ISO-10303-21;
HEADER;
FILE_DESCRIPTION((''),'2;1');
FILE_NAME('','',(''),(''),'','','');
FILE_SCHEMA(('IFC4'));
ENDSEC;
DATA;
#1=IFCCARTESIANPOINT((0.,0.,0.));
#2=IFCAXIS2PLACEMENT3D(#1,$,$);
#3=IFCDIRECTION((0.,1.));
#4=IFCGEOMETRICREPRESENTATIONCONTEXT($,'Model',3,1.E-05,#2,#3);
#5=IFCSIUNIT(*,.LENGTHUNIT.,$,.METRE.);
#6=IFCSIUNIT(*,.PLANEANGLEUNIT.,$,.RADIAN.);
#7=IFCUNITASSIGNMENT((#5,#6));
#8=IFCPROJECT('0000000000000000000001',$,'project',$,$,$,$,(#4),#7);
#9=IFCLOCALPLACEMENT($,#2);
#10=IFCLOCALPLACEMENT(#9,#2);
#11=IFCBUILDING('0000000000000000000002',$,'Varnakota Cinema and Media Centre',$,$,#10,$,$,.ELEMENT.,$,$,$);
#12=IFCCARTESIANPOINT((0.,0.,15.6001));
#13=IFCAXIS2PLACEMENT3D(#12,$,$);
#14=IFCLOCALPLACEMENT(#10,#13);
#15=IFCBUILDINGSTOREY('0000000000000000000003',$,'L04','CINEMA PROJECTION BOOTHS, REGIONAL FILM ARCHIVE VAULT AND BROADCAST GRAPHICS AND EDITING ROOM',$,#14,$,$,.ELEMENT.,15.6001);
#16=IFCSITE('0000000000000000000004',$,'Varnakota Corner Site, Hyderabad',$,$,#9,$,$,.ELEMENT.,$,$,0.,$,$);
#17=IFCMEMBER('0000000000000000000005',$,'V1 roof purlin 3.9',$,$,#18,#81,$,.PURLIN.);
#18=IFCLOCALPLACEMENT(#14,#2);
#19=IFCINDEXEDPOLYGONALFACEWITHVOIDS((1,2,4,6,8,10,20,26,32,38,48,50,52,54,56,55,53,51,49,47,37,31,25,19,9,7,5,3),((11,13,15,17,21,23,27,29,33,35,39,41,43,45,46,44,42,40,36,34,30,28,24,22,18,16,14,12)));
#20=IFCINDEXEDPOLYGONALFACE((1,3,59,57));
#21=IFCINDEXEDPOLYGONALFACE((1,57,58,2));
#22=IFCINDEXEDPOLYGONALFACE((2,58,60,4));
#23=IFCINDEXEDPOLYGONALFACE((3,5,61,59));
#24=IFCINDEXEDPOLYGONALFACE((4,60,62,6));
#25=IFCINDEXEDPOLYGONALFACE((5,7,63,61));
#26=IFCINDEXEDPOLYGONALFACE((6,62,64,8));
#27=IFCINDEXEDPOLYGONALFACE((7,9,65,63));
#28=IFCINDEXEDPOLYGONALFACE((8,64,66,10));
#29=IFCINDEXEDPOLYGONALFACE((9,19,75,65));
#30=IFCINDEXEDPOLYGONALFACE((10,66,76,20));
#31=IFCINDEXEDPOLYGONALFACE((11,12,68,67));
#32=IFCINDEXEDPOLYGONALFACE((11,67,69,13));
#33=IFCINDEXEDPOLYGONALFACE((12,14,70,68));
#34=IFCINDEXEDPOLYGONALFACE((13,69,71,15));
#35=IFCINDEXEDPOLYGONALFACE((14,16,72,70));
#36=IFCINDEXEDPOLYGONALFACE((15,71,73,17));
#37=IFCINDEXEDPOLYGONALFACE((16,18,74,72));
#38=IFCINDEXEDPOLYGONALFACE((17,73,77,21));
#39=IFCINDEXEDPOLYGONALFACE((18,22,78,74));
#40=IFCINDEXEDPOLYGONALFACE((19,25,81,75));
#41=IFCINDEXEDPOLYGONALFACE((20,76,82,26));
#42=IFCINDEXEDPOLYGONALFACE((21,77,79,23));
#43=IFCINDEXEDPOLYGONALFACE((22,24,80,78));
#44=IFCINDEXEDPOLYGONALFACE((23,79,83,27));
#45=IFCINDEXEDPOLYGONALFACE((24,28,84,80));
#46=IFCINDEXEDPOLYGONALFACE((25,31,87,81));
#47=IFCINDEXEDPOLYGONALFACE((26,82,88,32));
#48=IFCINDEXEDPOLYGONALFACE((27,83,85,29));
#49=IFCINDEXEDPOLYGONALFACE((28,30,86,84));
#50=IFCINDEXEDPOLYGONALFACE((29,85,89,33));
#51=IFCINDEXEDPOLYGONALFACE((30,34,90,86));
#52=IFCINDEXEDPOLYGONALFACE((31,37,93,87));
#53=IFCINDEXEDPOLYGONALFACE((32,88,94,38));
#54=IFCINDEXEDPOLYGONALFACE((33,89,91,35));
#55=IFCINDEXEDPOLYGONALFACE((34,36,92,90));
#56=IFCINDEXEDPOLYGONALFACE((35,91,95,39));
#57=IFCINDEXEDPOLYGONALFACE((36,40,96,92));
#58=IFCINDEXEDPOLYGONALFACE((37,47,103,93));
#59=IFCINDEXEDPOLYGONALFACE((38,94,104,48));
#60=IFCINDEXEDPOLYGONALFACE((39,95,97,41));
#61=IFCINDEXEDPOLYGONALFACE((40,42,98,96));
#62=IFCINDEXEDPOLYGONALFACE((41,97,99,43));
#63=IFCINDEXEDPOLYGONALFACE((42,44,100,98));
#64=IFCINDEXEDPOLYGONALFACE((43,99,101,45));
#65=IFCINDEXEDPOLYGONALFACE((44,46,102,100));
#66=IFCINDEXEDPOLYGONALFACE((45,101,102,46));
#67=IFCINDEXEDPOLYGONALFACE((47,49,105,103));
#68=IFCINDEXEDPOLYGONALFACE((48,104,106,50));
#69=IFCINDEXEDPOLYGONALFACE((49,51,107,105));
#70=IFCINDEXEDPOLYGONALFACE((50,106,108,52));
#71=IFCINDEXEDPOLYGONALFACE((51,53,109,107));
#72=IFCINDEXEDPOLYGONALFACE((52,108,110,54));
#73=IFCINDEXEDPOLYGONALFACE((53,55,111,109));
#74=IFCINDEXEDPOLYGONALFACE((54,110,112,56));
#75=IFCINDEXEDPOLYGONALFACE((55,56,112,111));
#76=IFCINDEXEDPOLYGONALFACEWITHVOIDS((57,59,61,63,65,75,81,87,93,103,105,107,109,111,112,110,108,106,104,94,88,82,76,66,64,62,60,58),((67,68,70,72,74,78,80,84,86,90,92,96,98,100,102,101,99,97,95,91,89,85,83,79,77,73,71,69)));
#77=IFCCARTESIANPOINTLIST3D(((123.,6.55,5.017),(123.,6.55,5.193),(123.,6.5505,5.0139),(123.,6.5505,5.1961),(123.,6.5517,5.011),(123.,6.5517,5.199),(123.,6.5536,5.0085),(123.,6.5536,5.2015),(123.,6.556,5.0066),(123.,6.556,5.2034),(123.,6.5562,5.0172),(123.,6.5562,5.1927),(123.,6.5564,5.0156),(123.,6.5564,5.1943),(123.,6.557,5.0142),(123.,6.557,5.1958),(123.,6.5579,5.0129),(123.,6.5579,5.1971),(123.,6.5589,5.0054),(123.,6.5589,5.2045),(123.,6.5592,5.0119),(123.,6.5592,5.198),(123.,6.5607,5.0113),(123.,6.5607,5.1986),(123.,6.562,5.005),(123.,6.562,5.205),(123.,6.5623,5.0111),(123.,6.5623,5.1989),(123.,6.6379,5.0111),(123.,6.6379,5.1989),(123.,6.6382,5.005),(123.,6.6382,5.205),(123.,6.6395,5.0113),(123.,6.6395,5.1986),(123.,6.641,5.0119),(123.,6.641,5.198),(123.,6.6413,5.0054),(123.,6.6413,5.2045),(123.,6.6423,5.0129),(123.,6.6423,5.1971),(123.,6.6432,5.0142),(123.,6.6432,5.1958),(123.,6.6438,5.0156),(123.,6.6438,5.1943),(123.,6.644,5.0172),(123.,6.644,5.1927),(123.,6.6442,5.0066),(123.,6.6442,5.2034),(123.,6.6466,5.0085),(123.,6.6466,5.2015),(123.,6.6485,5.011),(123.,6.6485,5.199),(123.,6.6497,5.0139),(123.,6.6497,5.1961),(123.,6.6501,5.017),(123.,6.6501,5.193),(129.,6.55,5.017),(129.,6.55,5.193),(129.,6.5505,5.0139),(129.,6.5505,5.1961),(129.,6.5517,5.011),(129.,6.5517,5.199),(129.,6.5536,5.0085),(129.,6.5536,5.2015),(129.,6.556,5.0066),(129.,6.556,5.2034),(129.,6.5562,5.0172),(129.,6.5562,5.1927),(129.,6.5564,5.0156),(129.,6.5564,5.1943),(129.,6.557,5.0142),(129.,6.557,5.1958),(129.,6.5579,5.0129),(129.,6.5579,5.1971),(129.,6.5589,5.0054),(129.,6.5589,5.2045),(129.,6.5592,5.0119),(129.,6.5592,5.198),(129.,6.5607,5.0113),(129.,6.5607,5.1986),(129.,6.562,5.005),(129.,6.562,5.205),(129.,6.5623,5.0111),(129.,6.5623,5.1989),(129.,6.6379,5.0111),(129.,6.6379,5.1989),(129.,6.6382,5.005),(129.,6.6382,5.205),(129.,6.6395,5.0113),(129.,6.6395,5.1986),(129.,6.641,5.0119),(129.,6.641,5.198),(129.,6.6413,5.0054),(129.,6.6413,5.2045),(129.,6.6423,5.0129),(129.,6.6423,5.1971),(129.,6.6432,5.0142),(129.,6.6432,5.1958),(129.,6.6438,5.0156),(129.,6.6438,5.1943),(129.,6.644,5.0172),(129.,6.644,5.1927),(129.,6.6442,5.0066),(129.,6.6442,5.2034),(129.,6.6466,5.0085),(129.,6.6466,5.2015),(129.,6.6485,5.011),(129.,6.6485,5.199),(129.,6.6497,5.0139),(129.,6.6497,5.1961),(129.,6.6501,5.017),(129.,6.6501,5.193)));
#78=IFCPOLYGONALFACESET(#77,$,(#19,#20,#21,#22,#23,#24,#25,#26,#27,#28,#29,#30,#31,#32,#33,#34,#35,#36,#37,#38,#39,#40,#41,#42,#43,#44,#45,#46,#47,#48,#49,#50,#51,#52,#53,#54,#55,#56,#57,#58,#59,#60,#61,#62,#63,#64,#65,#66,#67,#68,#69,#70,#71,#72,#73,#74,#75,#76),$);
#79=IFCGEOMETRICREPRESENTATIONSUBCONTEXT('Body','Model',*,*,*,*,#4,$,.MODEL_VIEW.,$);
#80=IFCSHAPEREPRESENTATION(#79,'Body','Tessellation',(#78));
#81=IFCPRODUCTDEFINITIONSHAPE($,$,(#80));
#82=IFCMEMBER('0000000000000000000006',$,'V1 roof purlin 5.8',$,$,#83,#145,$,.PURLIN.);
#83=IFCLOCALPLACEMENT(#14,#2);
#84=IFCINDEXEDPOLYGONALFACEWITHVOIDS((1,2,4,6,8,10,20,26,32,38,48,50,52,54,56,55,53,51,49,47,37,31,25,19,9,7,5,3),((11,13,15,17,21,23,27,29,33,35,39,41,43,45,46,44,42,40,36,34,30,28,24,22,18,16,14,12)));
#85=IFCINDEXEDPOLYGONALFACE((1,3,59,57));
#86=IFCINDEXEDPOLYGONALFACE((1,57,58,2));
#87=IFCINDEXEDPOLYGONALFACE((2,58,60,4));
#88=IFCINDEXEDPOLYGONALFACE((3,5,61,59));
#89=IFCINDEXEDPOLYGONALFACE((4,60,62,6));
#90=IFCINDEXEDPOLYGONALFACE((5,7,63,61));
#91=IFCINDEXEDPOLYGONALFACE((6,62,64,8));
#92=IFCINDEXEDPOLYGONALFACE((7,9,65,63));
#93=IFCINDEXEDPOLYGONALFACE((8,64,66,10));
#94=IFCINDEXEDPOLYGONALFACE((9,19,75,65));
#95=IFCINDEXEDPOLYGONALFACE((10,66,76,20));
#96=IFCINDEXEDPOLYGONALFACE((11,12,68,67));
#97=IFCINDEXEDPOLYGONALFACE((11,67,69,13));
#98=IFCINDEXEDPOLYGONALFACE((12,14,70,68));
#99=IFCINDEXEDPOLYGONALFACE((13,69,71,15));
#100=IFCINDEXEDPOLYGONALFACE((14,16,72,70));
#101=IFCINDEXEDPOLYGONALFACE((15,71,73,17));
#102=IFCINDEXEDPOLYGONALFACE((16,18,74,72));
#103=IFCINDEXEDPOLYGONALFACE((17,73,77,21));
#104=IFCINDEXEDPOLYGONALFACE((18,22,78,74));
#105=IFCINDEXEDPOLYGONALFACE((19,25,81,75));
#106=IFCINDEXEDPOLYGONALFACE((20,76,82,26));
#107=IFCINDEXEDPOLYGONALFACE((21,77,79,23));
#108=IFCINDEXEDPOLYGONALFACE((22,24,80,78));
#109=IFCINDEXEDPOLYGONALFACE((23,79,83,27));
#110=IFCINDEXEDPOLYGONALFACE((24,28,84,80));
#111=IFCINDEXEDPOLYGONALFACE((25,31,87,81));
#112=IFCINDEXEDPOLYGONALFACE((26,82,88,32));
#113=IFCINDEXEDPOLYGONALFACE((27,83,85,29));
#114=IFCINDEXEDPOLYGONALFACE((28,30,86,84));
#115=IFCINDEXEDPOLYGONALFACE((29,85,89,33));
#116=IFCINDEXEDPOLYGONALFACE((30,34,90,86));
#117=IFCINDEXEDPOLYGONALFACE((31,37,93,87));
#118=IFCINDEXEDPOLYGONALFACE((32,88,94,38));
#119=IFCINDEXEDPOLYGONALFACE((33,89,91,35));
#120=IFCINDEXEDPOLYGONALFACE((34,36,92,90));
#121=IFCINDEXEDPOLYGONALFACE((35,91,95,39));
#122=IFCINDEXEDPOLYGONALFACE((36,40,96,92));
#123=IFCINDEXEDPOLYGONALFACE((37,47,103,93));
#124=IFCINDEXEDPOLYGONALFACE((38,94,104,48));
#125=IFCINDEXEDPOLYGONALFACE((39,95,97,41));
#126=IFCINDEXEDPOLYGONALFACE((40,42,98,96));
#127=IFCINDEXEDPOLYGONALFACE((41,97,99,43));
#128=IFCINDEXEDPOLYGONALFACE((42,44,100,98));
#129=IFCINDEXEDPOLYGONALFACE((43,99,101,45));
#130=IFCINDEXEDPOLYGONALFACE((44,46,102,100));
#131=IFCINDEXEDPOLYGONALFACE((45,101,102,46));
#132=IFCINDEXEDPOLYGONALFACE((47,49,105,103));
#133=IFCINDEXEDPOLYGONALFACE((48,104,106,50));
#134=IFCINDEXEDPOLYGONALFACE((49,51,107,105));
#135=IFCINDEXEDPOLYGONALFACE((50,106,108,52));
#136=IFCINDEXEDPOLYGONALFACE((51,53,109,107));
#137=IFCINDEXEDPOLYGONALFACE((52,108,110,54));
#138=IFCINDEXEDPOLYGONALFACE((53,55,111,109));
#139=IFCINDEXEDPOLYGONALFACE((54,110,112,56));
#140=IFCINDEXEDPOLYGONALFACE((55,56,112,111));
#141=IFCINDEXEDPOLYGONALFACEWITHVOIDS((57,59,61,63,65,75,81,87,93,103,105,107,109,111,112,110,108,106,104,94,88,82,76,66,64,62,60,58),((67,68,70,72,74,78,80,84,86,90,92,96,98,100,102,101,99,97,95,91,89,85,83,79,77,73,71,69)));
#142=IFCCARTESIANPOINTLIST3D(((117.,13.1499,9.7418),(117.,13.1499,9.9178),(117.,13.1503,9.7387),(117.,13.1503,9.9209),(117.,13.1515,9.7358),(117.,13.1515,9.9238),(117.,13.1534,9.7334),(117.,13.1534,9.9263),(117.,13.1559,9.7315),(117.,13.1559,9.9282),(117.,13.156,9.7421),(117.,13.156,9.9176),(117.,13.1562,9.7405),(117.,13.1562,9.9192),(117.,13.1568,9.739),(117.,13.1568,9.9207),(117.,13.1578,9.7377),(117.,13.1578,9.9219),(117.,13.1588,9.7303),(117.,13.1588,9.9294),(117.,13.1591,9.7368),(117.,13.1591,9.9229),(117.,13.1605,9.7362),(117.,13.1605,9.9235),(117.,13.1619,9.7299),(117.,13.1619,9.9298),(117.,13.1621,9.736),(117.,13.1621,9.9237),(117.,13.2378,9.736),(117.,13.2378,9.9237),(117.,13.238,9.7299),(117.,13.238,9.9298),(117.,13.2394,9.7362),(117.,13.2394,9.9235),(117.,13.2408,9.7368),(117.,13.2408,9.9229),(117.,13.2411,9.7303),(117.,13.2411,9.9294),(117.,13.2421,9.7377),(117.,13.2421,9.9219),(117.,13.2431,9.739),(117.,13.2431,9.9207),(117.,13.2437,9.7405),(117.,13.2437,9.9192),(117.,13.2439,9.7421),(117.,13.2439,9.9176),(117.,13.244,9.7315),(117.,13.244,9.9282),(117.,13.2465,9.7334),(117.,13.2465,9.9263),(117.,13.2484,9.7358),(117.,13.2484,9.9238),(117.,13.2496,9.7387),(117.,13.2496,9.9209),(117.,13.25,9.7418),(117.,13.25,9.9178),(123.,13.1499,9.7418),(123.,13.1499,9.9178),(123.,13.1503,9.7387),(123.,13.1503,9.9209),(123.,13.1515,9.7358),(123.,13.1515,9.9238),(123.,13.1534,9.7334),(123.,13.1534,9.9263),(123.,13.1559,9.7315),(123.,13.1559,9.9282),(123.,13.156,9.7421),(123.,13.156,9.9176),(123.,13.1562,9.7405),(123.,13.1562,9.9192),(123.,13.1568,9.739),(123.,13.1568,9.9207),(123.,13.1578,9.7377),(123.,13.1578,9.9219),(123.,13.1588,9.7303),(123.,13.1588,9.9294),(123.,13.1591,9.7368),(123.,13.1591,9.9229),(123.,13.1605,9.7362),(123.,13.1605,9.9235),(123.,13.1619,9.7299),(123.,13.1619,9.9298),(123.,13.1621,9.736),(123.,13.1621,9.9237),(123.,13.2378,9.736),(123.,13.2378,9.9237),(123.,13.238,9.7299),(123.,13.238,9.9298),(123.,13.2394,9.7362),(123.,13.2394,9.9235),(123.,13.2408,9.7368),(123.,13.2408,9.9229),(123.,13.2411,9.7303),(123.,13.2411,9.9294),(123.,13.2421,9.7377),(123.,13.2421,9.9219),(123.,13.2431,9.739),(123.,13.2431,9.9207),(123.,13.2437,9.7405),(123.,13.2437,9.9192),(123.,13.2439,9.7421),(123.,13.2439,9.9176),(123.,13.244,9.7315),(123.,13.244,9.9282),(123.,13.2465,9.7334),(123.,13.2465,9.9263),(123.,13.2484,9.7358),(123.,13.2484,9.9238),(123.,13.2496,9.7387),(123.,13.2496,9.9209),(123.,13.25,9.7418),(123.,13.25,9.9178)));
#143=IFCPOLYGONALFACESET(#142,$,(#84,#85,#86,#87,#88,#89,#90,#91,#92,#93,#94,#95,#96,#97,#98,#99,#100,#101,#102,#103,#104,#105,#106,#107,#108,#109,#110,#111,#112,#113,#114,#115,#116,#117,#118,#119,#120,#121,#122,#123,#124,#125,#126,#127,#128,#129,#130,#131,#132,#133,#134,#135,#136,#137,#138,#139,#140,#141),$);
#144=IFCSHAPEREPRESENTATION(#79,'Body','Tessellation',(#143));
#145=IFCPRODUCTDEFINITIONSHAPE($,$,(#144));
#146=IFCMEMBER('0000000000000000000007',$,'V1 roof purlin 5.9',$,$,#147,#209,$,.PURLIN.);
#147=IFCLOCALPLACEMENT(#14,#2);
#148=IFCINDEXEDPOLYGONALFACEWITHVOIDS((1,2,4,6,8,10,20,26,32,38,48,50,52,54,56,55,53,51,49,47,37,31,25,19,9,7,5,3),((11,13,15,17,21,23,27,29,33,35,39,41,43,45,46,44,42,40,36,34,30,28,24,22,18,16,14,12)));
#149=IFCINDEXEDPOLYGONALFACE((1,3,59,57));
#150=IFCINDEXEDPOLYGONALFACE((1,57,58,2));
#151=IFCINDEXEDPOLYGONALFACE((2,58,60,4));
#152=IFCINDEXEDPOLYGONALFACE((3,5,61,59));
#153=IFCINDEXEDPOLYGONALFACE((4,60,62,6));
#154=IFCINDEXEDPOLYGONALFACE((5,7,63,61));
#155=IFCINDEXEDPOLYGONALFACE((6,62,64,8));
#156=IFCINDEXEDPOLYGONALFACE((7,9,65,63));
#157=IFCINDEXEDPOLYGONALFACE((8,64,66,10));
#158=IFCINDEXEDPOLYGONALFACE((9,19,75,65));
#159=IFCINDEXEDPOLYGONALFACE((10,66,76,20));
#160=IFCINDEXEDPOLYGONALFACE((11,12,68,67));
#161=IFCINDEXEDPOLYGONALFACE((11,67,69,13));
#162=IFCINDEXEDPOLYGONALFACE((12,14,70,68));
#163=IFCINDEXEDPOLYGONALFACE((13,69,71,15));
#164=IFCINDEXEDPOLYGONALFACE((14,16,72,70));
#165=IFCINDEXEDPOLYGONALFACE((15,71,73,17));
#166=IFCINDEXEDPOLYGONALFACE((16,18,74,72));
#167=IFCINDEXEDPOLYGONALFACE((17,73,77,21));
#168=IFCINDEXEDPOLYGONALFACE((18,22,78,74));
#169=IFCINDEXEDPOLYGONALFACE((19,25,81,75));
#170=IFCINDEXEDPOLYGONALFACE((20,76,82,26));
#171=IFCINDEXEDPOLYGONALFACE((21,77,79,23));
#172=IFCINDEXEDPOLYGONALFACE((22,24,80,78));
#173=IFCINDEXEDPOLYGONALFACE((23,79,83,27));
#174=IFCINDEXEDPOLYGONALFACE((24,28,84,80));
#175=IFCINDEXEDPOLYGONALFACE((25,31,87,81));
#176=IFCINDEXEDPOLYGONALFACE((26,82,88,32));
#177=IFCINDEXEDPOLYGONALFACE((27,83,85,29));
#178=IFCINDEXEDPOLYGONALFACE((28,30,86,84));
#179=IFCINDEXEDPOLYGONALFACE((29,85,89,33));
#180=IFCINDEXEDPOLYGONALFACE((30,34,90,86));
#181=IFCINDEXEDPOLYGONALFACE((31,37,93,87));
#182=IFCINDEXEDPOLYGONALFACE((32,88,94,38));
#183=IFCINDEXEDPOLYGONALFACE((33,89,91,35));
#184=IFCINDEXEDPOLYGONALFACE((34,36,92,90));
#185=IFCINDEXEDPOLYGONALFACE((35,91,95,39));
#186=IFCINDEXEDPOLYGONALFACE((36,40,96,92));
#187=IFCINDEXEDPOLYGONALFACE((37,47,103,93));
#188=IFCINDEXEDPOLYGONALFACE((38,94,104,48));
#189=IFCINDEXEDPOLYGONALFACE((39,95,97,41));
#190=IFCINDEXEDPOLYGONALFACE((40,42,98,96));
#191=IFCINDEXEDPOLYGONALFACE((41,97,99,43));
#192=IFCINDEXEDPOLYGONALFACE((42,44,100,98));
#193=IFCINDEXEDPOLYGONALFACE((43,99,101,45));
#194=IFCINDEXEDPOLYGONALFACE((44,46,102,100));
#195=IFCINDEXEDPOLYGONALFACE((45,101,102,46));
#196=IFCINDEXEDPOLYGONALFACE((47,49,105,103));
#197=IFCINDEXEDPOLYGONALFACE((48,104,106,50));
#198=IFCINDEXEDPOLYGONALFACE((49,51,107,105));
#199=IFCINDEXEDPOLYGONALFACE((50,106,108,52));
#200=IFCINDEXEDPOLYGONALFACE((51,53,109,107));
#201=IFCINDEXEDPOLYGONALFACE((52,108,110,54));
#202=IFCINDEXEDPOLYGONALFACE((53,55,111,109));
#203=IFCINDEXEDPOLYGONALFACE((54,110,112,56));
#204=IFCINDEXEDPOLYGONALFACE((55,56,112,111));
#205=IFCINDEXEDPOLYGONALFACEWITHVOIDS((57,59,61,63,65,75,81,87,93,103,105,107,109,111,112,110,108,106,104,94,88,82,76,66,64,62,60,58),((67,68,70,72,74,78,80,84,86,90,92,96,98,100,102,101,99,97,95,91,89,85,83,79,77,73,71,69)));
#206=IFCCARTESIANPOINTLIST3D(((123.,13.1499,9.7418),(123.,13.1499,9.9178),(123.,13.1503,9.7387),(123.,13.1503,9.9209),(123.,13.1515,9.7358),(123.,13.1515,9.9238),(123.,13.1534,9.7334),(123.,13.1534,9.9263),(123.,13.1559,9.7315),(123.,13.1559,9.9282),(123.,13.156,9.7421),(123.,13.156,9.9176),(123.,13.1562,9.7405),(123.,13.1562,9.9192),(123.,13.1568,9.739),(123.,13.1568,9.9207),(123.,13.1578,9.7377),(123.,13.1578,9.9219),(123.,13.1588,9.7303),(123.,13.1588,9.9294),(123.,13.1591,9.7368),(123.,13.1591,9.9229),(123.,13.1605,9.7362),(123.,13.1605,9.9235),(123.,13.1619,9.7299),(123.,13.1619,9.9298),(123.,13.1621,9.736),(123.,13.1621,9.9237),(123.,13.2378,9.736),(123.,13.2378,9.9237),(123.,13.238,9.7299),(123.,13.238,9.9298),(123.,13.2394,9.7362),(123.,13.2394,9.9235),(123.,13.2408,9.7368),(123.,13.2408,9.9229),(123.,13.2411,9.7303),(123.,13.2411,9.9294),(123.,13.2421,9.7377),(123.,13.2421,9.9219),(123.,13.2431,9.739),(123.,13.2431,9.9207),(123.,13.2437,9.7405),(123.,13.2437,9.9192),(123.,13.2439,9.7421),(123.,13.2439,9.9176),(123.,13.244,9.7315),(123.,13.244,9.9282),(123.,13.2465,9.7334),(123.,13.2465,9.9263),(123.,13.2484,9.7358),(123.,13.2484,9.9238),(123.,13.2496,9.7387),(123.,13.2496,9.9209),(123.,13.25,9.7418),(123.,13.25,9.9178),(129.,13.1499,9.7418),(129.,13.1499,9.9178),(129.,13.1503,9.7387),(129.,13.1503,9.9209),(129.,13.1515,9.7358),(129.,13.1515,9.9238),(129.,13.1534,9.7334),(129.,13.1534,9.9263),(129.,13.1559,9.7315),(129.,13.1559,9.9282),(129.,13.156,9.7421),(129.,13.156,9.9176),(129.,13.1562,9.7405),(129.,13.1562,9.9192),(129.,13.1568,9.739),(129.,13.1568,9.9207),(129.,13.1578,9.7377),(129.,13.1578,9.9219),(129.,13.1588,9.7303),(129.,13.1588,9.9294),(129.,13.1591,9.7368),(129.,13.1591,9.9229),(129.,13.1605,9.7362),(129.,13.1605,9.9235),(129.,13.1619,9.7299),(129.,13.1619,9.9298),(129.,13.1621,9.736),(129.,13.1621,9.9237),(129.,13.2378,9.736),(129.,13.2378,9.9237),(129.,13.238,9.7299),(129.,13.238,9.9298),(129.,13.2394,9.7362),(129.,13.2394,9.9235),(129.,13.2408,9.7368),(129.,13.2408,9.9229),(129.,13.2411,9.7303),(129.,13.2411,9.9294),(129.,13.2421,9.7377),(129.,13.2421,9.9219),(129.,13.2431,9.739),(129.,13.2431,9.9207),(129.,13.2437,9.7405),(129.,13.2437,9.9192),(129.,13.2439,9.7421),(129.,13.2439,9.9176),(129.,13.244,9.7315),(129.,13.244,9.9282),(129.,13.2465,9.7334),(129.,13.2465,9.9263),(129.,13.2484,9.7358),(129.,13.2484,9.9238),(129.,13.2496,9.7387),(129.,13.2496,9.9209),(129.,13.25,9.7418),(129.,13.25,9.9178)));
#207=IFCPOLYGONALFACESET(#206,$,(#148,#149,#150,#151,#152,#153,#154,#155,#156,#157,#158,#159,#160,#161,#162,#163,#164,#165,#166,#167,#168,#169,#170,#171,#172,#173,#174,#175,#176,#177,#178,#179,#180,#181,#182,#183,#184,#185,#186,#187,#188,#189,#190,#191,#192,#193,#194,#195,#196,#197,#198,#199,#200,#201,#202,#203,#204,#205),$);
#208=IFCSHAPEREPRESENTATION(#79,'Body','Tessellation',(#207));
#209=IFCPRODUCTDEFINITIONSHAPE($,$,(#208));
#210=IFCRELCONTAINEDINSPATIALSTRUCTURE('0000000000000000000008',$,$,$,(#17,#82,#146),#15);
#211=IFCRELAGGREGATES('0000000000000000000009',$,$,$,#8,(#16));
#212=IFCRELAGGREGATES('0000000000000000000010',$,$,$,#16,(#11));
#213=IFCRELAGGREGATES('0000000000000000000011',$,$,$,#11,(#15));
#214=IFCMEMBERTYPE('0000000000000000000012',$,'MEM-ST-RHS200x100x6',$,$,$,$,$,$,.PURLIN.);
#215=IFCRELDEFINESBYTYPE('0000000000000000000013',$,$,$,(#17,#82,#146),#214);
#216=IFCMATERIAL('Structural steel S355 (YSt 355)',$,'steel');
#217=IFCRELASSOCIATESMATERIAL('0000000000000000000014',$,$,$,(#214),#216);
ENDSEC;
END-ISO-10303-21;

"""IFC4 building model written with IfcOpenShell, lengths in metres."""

from ifc_helpers import new_model, si_unit, direction, frame, origin, origin_2d, place, context, subcontext, project, spatial, hollow_rectangle, extrude, material, material_profile, profile_set, type_object, element, save


model = new_model("IFC4")

# Units and contexts
model_context = context("Model", 3, precision=1e-05, world=origin(), true_north=direction((0.0, 1.0)))
body_context = subcontext(model_context, "Body", "Model", "MODEL_VIEW")
ifc_project = project(units=[si_unit("LENGTHUNIT", "METRE"), si_unit("PLANEANGLEUNIT", "RADIAN")], contexts=[model_context])

# Site, building, storey
site_placement = place(None, origin())
site = spatial("IfcSite", under=ifc_project, at=site_placement, Name="Varnakota Corner Site, Hyderabad", CompositionType="ELEMENT", RefElevation=0.0)
building_placement = place(site_placement, origin())
building = spatial("IfcBuilding", under=site, at=building_placement, Name="Varnakota Cinema and Media Centre", CompositionType="ELEMENT")
storey_placement = place(building_placement, frame((0.0, 0.0, 15.6001)))
storey = spatial("IfcBuildingStorey", under=building, at=storey_placement, Name="L04", Description="CINEMA PROJECTION BOOTHS, REGIONAL FILM ARCHIVE VAULT AND BROADCAST GRAPHICS AND EDITING ROOM", CompositionType="ELEMENT", Elevation=15.6001)

# Members
ifc_material_1 = material(Name="Structural steel S355 (YSt 355)", Category="steel")
ifc_material_profile_1 = material_profile(ifc_material_1, hollow_rectangle(XDim=0.1001, YDim=0.2, WallThickness=0.0061, InnerFilletRadius=0.0061, OuterFilletRadius=0.012, at=origin_2d()), Name="RHS 200x100x6")
ifc_profile_set_1 = profile_set([ifc_material_profile_1], Name="Structural steel S355 (YSt 355)")
member_type_1 = type_object("IfcMemberType", Name="MEM-ST-RHS200x100x6", PredefinedType="PURLIN", material=ifc_profile_set_1)
for number, where, z_axis, x_axis, name in (
    (1, (123.0, 6.6001, 5.105), (1.0, 0.0, 0.0), (0.0, 1.0, 0.0), "V1 roof purlin 3.9"),
    (2, (117.0, 13.2, 9.8298), (1.0, 0.0, 0.0), (0.0, 1.0, 0.0), "V1 roof purlin 5.8"),
    (3, (123.0, 13.2, 9.8298), (1.0, 0.0, 0.0), (0.0, 1.0, 0.0), "V1 roof purlin 5.9"),
):
    element("IfcMember", number, at=place(storey_placement, frame(where, z_axis=z_axis, x_axis=x_axis)), inside=storey, type_object=member_type_1, Name=name, PredefinedType="PURLIN", context=body_context, shape_type="SweptSolid", body=[
        extrude(hollow_rectangle(XDim=0.1001, YDim=0.2, WallThickness=0.0061, InnerFilletRadius=0.0061, OuterFilletRadius=0.012, at=origin_2d()), origin(), (0.0, 0.0, 1.0), 6.0),
    ])

save(model, "model.ifc")
